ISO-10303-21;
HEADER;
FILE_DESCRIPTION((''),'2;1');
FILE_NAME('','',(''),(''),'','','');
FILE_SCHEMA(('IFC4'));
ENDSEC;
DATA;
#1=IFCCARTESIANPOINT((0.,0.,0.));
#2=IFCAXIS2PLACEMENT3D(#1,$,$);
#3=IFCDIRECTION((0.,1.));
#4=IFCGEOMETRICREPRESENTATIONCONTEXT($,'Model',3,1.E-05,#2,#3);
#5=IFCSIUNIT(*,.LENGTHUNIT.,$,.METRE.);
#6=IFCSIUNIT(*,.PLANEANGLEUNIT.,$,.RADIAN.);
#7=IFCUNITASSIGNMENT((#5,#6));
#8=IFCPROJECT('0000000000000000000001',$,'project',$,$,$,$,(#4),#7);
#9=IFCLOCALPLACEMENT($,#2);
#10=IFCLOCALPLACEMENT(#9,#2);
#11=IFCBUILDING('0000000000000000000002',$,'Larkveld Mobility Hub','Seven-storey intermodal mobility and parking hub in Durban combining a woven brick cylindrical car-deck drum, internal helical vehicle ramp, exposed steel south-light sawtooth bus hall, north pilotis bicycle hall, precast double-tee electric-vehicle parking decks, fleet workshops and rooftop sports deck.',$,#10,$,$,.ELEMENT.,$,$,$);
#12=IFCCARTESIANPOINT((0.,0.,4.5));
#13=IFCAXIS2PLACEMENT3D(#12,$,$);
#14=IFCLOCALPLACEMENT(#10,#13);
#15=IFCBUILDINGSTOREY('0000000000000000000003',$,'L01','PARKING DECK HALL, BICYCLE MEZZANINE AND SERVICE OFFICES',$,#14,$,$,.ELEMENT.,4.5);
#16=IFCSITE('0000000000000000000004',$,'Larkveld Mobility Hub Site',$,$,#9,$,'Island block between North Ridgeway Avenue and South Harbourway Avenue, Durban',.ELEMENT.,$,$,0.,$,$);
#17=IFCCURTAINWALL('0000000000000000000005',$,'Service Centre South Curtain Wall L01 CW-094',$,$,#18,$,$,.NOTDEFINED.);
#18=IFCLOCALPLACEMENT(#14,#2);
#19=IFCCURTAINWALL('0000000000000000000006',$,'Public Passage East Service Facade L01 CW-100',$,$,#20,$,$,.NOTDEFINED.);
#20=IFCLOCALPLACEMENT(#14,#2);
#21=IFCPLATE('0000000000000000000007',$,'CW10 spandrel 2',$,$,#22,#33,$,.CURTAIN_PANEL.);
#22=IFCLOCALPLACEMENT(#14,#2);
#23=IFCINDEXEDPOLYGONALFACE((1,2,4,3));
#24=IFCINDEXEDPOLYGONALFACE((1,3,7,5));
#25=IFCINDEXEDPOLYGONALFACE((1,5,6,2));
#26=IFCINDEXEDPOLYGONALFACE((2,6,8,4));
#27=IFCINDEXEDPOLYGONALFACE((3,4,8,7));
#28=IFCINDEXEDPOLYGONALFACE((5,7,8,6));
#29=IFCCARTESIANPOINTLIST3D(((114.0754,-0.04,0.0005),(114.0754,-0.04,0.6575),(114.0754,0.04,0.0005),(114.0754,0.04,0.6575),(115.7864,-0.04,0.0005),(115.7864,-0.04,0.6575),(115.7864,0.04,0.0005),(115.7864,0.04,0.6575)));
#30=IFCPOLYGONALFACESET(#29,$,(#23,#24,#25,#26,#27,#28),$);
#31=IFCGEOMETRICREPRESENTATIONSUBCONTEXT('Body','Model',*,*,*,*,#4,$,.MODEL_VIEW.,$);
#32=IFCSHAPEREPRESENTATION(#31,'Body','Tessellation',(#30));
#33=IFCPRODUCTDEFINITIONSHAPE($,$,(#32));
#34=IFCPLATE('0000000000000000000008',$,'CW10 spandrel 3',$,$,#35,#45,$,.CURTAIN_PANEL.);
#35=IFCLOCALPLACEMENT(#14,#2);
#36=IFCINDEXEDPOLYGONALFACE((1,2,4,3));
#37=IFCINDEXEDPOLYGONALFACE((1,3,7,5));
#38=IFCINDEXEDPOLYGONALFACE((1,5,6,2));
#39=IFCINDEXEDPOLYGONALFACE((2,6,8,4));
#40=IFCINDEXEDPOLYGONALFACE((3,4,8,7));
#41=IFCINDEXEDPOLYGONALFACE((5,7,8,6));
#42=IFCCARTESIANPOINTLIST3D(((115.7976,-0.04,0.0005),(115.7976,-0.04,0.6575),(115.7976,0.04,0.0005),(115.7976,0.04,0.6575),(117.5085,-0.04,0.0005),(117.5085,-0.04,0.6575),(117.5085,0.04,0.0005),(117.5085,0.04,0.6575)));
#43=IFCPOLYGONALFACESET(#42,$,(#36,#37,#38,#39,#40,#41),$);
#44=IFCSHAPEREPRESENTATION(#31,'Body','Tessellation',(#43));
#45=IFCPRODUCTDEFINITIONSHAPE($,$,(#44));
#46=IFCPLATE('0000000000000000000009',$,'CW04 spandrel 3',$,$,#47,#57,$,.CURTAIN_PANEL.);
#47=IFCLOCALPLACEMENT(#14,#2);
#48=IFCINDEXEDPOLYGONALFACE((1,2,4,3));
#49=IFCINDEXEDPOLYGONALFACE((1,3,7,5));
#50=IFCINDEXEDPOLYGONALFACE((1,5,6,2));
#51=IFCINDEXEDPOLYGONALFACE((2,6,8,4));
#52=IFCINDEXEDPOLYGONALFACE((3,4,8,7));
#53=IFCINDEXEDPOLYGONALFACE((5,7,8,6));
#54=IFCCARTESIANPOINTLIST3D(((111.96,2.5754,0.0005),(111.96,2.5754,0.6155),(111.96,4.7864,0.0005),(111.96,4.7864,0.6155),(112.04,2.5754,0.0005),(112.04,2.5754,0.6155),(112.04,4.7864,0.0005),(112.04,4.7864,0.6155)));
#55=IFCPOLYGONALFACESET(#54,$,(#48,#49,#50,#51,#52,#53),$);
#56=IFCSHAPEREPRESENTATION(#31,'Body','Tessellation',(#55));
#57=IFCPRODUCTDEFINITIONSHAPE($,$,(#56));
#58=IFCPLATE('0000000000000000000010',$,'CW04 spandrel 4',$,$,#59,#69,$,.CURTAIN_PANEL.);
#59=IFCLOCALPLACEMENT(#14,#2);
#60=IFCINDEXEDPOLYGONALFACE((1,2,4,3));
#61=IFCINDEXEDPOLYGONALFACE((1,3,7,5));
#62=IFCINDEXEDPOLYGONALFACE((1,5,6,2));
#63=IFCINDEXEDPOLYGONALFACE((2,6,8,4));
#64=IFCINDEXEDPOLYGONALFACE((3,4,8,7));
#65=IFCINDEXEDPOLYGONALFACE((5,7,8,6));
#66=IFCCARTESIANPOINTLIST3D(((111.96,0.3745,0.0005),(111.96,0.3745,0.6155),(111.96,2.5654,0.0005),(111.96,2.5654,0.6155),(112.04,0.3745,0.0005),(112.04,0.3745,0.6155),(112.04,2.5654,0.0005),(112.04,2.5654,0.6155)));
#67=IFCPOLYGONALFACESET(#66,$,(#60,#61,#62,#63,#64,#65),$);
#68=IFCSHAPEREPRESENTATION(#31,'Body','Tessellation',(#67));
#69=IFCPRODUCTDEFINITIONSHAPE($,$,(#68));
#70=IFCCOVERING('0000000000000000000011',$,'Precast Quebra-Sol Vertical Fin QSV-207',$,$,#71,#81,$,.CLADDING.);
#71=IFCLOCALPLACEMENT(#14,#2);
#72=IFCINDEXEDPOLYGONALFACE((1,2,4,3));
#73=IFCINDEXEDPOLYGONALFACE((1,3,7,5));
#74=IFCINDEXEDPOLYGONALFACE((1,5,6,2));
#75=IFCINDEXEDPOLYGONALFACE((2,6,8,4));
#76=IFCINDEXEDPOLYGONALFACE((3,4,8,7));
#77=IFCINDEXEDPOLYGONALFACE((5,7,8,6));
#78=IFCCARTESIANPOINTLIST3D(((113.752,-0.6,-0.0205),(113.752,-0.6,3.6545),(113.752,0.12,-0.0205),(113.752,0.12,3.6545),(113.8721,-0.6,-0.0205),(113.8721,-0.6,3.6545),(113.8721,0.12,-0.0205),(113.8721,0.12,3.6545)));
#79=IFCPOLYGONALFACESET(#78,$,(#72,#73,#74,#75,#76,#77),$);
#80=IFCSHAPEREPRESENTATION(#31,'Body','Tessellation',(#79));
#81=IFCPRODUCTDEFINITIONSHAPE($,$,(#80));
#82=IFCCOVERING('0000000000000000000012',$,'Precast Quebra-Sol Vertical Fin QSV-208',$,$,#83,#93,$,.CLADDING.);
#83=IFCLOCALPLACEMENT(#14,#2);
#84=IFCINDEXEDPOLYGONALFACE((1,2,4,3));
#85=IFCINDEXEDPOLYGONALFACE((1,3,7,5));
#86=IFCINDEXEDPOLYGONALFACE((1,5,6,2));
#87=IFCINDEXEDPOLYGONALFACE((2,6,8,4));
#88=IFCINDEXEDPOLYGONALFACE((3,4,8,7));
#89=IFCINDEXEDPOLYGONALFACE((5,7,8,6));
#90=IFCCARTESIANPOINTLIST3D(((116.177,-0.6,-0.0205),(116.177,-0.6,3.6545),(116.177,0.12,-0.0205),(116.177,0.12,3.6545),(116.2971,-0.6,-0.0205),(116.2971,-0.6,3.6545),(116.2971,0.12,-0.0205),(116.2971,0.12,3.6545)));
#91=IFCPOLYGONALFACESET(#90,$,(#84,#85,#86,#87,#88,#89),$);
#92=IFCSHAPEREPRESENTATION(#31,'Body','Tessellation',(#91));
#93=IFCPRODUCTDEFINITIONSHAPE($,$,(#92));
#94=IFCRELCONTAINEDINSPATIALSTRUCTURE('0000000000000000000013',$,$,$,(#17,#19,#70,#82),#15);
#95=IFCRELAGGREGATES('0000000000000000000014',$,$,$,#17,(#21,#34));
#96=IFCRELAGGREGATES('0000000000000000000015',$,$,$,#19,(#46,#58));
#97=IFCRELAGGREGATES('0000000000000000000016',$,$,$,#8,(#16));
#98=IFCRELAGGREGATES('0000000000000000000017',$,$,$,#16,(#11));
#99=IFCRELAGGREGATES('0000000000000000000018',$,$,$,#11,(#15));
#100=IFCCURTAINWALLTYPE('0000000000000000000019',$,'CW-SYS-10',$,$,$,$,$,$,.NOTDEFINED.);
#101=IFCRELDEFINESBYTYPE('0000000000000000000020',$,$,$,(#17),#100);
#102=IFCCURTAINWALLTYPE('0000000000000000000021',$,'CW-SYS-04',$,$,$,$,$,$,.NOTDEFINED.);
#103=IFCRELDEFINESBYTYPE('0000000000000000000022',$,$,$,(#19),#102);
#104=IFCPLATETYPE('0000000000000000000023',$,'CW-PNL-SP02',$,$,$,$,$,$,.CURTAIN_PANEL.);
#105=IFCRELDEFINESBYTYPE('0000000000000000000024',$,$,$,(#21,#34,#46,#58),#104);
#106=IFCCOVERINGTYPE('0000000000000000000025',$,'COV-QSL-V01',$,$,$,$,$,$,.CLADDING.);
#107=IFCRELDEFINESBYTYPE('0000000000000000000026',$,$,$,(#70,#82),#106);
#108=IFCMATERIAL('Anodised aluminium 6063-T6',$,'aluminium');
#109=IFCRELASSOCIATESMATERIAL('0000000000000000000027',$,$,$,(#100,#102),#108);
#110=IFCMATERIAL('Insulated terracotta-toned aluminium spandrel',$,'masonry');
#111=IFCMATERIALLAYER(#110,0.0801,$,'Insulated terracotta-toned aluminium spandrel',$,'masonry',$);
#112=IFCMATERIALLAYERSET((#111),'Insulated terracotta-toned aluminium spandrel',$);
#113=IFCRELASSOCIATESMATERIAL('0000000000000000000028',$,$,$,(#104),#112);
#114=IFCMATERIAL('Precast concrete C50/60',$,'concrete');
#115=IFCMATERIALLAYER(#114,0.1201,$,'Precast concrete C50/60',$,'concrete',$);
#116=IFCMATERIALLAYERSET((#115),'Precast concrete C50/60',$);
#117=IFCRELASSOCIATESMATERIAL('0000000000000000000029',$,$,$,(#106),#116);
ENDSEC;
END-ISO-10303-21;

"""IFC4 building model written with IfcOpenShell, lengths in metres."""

from ifc_helpers import new_model, si_unit, direction, frame, origin, origin_2d, place, context, subcontext, project, spatial, rectangle, extrude, material, layer, layer_set, type_object, element, aggregate, save


model = new_model("IFC4")

# Units and contexts
model_context = context("Model", 3, precision=1e-05, world=origin(), true_north=direction((0.0, 1.0)))
body_context = subcontext(model_context, "Body", "Model", "MODEL_VIEW")
ifc_project = project(units=[si_unit("LENGTHUNIT", "METRE"), si_unit("PLANEANGLEUNIT", "RADIAN")], contexts=[model_context])

# Site, building, storey
site_placement = place(None, origin())
site = spatial("IfcSite", under=ifc_project, at=site_placement, Name="Larkveld Mobility Hub Site", LongName="Island block between North Ridgeway Avenue and South Harbourway Avenue, Durban", CompositionType="ELEMENT", RefElevation=0.0)
building_placement = place(site_placement, origin())
building = spatial("IfcBuilding", under=site, at=building_placement, Name="Larkveld Mobility Hub", Description="Seven-storey intermodal mobility and parking hub in Durban combining a woven brick cylindrical car-deck drum, internal helical vehicle ramp, exposed steel south-light sawtooth bus hall, north pilotis bicycle hall, precast double-tee electric-vehicle parking decks, fleet workshops and rooftop sports deck.", CompositionType="ELEMENT")
storey_placement = place(building_placement, frame((0.0, 0.0, 4.5)))
storey = spatial("IfcBuildingStorey", under=building, at=storey_placement, Name="L01", Description="PARKING DECK HALL, BICYCLE MEZZANINE AND SERVICE OFFICES", CompositionType="ELEMENT", Elevation=4.5)

# Shared definitions
ifc_material_1 = material(Name="Precast concrete C50/60", Category="concrete")

# Curtain walls
ifc_material_2 = material(Name="Anodised aluminium 6063-T6", Category="aluminium")
curtain_wall_type_1 = type_object("IfcCurtainWallType", Name="CW-SYS-10", PredefinedType="NOTDEFINED", material=ifc_material_2)
curtain_wall_1_placement = place(storey_placement, origin())
curtain_wall_1 = element("IfcCurtainWall", 1, at=curtain_wall_1_placement, inside=storey, type_object=curtain_wall_type_1, Name="Service Centre South Curtain Wall L01 CW-094", PredefinedType="NOTDEFINED")
curtain_wall_type_2 = type_object("IfcCurtainWallType", Name="CW-SYS-04", PredefinedType="NOTDEFINED", material=ifc_material_2)
curtain_wall_2_placement = place(storey_placement, origin())
curtain_wall_2 = element("IfcCurtainWall", 2, at=curtain_wall_2_placement, inside=storey, type_object=curtain_wall_type_2, Name="Public Passage East Service Facade L01 CW-100", PredefinedType="NOTDEFINED")

# Plates
ifc_material_3 = material(Name="Insulated terracotta-toned aluminium spandrel", Category="masonry")
ifc_layer_1 = layer(ifc_material_3, 0.0801, Name="Insulated terracotta-toned aluminium spandrel", Category="masonry")
ifc_layer_set_1 = layer_set([ifc_layer_1], Name="Insulated terracotta-toned aluminium spandrel")
plate_type_1 = type_object("IfcPlateType", Name="CW-PNL-SP02", PredefinedType="CURTAIN_PANEL", material=ifc_layer_set_1)
plate_1_placement = place(storey_placement, frame((114.9309, 0.0, 0.0005), z_axis=(0.0, 0.0, 1.0), x_axis=(1.0, 0.0, 0.0)))
plate_1 = element("IfcPlate", 3, at=plate_1_placement, type_object=plate_type_1, Name="CW10 spandrel 2", PredefinedType="CURTAIN_PANEL", context=body_context, shape_type="SweptSolid", body=[
    extrude(rectangle(XDim=1.7109, YDim=0.0801, at=origin_2d()), origin(), (0.0, 0.0, 1.0), 0.657),
])
plate_2_placement = place(storey_placement, frame((116.6531, 0.0, 0.0005), z_axis=(0.0, 0.0, 1.0), x_axis=(1.0, 0.0, 0.0)))
plate_2 = element("IfcPlate", 4, at=plate_2_placement, type_object=plate_type_1, Name="CW10 spandrel 3", PredefinedType="CURTAIN_PANEL", context=body_context, shape_type="SweptSolid", body=[
    extrude(rectangle(XDim=1.7109, YDim=0.0801, at=origin_2d()), origin(), (0.0, 0.0, 1.0), 0.657),
])
aggregate(curtain_wall_1, [plate_1, plate_2])
plate_3_placement = place(storey_placement, frame((112.0, 3.6809, 0.0005), z_axis=(0.0, 0.0, 1.0), x_axis=(0.0, -1.0, 0.0)))
plate_3 = element("IfcPlate", 5, at=plate_3_placement, type_object=plate_type_1, Name="CW04 spandrel 3", PredefinedType="CURTAIN_PANEL", context=body_context, shape_type="SweptSolid", body=[
    extrude(rectangle(XDim=2.2109, YDim=0.0801, at=origin_2d()), origin(), (0.0, 0.0, 1.0), 0.615),
])
plate_4_placement = place(storey_placement, frame((112.0, 1.47, 0.0005), z_axis=(0.0, 0.0, 1.0), x_axis=(0.0, -1.0, 0.0)))
plate_4 = element("IfcPlate", 6, at=plate_4_placement, type_object=plate_type_1, Name="CW04 spandrel 4", PredefinedType="CURTAIN_PANEL", context=body_context, shape_type="SweptSolid", body=[
    extrude(rectangle(XDim=2.1909, YDim=0.0801, at=origin_2d()), origin(), (0.0, 0.0, 1.0), 0.615),
])
aggregate(curtain_wall_2, [plate_3, plate_4])

# Coverings
ifc_layer_2 = layer(ifc_material_1, 0.1201, Name="Precast concrete C50/60", Category="concrete")
ifc_layer_set_2 = layer_set([ifc_layer_2], Name="Precast concrete C50/60")
covering_type = type_object("IfcCoveringType", Name="COV-QSL-V01", PredefinedType="CLADDING", material=ifc_layer_set_2)
for number, where, z_axis, x_axis, name in (
    (7, (113.812, -0.24, -0.0205), (0.0, 0.0, 1.0), (1.0, 0.0, 0.0), "Precast Quebra-Sol Vertical Fin QSV-207"),
    (8, (116.2371, -0.24, -0.0205), (0.0, 0.0, 1.0), (1.0, 0.0, 0.0), "Precast Quebra-Sol Vertical Fin QSV-208"),
):
    element("IfcCovering", number, at=place(storey_placement, frame(where, z_axis=z_axis, x_axis=x_axis)), inside=storey, type_object=covering_type, Name=name, PredefinedType="CLADDING", context=body_context, shape_type="SweptSolid", body=[
        extrude(rectangle(XDim=0.1201, YDim=0.72, at=origin_2d()), origin(), (0.0, 0.0, 1.0), 3.675),
    ])

save(model, "model.ifc")
